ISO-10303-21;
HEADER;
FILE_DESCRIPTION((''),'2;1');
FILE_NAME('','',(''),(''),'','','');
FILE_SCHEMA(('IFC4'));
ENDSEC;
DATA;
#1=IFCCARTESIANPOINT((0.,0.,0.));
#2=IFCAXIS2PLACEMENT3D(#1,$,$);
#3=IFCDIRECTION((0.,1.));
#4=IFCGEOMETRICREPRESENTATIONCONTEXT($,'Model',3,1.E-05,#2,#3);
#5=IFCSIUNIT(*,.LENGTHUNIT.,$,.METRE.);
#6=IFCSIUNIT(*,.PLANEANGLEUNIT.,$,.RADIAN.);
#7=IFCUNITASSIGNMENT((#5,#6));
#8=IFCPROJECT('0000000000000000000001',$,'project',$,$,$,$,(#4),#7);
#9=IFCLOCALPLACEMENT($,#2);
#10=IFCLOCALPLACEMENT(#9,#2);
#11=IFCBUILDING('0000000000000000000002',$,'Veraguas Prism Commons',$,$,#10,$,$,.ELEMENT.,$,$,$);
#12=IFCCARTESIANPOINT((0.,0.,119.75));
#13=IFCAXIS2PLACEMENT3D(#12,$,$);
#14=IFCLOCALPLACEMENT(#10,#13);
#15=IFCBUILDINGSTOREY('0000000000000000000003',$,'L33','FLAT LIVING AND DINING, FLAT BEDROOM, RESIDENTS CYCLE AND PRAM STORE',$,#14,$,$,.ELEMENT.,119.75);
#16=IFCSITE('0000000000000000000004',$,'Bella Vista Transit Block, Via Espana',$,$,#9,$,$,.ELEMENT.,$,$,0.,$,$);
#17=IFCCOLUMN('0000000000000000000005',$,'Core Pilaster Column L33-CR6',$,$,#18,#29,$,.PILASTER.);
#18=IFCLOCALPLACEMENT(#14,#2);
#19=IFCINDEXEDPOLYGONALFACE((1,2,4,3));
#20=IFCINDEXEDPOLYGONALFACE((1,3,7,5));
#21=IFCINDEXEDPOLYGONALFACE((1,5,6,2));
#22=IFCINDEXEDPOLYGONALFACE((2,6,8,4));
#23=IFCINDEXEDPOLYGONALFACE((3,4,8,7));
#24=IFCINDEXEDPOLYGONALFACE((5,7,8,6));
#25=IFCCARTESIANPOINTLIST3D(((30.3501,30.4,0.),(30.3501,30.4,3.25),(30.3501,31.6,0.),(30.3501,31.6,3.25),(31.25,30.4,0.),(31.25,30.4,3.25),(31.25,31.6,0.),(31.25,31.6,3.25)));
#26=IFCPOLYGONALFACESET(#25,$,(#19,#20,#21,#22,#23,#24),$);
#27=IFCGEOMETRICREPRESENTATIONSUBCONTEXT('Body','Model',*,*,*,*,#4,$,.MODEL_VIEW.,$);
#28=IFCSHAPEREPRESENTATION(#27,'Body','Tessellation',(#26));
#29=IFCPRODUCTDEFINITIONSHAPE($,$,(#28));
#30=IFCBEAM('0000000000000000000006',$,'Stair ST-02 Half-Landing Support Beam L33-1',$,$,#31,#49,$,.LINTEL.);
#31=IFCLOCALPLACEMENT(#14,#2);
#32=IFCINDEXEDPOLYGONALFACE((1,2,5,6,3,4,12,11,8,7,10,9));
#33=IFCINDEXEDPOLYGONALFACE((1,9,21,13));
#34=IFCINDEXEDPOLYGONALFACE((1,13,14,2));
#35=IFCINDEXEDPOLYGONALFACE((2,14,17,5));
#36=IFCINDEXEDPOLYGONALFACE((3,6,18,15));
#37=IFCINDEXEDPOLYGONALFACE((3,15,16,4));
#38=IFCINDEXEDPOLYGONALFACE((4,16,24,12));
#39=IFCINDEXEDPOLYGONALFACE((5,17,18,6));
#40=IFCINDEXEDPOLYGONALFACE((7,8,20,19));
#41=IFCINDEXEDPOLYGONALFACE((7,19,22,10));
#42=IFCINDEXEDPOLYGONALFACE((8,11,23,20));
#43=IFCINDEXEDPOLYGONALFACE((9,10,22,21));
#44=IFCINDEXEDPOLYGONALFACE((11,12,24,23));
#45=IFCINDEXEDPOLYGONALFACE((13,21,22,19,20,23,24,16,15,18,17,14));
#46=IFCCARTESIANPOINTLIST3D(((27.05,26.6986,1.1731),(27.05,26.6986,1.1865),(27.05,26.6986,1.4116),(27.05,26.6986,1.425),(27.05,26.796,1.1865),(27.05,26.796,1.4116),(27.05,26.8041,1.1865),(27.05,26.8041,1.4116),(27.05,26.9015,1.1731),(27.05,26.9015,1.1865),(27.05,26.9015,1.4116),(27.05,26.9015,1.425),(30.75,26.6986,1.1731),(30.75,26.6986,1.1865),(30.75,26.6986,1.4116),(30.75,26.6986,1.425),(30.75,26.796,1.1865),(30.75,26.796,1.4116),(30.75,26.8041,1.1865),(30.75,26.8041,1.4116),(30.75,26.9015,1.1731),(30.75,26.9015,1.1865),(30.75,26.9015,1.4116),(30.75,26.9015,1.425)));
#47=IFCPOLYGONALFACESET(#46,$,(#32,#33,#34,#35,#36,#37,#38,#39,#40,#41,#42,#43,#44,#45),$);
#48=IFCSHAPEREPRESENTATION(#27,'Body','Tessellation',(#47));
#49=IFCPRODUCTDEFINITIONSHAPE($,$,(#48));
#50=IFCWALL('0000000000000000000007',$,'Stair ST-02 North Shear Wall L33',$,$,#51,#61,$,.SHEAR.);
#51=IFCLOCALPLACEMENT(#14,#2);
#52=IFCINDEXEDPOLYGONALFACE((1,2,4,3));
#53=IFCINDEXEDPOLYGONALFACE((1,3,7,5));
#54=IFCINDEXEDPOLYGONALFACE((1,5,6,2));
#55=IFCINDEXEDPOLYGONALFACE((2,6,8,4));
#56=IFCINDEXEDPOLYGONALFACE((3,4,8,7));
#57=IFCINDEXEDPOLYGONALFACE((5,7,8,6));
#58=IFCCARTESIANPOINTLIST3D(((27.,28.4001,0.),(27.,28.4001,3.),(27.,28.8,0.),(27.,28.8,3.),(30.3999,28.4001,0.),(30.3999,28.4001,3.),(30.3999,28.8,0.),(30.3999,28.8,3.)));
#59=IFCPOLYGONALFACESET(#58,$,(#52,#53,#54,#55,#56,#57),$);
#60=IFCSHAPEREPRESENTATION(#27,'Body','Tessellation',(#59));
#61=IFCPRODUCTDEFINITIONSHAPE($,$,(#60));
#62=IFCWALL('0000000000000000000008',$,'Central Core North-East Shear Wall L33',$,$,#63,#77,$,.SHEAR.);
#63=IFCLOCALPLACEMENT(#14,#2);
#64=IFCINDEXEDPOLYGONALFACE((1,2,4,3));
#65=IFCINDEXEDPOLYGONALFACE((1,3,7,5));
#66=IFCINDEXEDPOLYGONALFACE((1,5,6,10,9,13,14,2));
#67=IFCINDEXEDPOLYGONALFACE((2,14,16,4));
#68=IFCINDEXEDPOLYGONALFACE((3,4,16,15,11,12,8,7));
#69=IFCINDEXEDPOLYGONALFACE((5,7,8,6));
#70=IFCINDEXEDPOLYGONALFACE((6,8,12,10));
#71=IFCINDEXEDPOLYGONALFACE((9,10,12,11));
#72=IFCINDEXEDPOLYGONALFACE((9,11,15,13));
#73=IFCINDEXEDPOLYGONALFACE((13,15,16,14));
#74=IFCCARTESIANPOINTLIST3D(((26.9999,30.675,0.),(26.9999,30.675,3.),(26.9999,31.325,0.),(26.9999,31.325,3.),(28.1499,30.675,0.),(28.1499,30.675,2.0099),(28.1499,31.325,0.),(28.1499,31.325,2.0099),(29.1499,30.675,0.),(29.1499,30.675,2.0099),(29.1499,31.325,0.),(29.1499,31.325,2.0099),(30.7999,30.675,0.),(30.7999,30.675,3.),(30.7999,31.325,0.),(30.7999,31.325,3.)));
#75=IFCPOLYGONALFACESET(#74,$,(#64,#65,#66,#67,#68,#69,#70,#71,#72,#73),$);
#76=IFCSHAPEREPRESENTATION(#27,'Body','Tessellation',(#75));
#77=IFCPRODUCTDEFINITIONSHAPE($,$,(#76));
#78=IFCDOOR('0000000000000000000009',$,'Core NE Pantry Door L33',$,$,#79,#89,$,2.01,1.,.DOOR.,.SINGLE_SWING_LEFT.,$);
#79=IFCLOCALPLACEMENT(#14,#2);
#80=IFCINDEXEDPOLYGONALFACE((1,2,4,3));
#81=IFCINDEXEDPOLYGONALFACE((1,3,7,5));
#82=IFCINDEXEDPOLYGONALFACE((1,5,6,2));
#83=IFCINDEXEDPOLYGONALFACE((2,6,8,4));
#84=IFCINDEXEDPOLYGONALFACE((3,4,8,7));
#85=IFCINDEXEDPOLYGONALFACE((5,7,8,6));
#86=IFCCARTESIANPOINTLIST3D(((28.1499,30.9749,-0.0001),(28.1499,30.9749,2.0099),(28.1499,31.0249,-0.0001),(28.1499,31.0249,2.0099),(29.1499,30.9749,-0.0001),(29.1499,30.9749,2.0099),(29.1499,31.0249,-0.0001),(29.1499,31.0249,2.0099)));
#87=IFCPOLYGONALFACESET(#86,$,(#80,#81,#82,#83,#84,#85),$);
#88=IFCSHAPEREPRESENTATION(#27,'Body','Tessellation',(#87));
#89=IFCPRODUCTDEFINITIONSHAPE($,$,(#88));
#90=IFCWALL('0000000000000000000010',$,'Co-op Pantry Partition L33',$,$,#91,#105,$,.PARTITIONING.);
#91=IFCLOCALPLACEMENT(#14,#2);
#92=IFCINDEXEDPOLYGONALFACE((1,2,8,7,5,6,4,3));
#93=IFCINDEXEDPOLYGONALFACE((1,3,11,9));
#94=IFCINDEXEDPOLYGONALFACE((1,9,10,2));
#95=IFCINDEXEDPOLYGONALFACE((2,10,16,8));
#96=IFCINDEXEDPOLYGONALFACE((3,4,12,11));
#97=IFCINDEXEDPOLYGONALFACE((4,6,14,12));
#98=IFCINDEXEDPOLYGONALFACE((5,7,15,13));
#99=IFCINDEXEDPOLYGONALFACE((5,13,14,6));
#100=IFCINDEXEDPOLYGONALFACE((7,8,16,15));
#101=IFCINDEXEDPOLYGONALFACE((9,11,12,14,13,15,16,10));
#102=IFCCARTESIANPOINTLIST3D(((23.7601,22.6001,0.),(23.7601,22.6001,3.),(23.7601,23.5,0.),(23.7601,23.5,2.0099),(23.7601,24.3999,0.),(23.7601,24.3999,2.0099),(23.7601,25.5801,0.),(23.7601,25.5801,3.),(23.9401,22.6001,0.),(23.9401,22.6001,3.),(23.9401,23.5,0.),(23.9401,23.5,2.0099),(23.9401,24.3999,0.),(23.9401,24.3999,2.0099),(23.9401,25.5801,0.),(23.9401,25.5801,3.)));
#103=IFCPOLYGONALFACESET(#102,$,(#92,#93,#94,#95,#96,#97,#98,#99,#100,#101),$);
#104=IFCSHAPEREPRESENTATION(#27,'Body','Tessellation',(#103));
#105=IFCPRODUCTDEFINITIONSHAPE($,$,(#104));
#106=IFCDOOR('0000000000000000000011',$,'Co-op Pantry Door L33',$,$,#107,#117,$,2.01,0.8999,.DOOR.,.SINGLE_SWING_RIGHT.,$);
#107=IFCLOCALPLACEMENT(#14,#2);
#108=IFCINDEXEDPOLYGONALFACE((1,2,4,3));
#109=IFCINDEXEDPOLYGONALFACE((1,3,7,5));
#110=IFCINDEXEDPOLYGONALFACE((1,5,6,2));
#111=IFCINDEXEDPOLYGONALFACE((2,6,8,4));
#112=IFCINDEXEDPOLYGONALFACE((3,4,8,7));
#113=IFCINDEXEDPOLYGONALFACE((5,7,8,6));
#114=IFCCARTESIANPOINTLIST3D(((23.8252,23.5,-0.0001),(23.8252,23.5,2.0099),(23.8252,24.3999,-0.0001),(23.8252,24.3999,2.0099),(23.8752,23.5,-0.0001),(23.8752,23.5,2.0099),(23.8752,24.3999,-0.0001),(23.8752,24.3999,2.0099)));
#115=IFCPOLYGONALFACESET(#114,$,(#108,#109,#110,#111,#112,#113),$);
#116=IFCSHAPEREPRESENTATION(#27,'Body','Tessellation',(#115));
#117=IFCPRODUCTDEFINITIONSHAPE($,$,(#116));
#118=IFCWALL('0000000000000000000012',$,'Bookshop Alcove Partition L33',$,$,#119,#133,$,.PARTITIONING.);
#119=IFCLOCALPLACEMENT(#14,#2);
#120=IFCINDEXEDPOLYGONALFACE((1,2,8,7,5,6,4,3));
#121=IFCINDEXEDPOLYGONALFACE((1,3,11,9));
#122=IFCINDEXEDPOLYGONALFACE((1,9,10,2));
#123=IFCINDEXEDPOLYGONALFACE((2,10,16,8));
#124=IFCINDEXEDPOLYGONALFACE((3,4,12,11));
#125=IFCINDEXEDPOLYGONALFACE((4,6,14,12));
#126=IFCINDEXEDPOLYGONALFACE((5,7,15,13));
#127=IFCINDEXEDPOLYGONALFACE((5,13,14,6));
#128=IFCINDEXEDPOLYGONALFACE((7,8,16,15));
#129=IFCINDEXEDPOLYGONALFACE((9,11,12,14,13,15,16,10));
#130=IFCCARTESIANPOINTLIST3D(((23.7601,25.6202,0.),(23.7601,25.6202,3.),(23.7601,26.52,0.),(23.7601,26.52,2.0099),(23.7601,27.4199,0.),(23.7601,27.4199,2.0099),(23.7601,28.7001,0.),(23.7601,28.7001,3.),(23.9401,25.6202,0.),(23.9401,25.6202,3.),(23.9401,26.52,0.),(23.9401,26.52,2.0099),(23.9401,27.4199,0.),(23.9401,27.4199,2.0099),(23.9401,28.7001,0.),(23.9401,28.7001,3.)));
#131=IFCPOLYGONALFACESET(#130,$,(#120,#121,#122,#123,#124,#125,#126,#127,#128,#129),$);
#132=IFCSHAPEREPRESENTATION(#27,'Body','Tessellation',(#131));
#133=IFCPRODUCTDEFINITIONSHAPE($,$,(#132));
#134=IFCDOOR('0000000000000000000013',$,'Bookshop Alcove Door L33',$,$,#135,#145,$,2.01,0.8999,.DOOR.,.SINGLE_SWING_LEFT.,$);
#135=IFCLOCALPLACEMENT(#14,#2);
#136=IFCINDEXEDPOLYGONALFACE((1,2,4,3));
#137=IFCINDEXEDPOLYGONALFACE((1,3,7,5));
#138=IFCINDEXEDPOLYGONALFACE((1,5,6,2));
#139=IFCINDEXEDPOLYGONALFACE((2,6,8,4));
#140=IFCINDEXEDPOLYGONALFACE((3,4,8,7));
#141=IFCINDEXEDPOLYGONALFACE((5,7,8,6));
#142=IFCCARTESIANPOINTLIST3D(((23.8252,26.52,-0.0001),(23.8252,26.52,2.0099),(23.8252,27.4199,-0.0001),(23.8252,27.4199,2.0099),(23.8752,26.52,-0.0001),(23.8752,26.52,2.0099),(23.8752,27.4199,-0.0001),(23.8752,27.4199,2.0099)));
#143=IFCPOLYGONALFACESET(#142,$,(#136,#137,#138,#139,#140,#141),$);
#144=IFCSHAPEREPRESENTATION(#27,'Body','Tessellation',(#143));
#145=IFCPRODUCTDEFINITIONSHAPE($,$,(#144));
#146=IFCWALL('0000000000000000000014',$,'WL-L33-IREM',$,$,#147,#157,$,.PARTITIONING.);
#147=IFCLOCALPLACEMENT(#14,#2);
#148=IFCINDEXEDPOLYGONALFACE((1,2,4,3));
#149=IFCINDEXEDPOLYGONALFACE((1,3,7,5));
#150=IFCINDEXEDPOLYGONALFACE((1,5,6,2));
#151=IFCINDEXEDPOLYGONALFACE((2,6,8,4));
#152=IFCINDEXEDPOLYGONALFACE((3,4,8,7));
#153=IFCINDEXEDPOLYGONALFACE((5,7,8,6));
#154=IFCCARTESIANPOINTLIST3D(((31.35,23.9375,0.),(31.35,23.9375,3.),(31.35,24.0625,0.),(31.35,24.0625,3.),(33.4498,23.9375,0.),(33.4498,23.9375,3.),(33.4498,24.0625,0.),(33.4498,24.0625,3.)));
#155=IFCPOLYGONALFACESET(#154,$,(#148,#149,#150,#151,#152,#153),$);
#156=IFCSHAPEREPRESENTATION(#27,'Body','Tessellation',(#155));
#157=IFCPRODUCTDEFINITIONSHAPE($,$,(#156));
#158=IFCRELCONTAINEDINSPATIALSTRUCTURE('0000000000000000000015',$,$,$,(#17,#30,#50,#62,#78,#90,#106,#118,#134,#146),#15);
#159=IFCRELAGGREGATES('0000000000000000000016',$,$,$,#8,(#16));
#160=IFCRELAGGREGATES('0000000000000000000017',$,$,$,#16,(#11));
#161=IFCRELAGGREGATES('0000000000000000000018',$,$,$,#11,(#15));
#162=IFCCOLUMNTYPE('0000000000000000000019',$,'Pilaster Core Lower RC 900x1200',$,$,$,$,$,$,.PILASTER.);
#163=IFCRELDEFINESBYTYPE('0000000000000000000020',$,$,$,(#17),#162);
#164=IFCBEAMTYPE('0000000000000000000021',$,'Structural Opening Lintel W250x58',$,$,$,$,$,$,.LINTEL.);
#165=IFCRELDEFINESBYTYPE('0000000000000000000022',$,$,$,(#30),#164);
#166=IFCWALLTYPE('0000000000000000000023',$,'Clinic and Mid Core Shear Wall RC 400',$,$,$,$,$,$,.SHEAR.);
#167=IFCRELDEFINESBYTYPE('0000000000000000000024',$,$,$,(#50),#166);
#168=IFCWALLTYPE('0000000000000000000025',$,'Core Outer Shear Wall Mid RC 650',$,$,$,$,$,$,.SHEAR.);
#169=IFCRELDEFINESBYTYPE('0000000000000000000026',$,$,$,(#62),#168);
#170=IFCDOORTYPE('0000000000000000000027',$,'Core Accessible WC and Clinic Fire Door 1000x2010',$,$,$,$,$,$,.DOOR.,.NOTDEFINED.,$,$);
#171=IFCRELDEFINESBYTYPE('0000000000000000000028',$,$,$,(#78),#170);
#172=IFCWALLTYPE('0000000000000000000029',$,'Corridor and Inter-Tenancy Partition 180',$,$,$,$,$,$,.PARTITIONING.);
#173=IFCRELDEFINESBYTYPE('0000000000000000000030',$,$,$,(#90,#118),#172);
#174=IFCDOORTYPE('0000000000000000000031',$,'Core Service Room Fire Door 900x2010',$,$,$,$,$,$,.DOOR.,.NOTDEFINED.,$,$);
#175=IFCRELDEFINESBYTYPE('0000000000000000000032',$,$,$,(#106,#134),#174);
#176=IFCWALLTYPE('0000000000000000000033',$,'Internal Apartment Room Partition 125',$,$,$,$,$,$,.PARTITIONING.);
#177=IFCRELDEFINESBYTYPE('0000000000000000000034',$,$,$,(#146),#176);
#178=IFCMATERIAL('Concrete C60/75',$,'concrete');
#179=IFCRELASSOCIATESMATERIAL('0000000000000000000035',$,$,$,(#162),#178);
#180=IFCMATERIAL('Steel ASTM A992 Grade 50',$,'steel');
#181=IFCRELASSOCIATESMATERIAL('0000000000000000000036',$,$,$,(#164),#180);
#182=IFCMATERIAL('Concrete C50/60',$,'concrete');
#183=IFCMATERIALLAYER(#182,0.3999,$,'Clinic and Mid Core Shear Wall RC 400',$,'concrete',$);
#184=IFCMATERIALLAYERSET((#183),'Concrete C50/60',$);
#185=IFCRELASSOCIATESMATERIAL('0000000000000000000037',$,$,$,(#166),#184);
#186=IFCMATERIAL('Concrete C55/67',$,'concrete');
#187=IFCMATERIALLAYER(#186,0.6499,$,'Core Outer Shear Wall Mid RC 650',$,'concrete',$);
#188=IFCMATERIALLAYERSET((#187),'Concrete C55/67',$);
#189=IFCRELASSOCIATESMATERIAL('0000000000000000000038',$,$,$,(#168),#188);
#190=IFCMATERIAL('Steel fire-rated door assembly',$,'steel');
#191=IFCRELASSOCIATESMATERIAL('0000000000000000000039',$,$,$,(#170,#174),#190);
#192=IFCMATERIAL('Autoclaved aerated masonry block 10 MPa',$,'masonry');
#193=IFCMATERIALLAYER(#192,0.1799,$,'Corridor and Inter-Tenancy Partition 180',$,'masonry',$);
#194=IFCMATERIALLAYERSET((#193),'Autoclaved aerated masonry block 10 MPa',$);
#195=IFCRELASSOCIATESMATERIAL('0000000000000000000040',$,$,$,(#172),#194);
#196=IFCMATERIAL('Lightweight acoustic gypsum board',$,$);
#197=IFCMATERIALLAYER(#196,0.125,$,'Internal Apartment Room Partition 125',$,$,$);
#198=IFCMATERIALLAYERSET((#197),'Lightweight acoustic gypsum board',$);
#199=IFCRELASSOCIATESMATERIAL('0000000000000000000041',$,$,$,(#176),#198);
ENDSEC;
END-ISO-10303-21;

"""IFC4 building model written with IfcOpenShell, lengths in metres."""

from ifc_helpers import new_model, si_unit, direction, frame, frame_2d, origin, origin_2d, place, context, subcontext, project, spatial, rectangle, i_section, extrude, source, transform, mapped, material, layer, layer_set, material_profile, profile_set, type_object, element, fill, save


model = new_model("IFC4")

# Units and contexts
model_context = context("Model", 3, precision=1e-05, world=origin(), true_north=direction((0.0, 1.0)))
body_context = subcontext(model_context, "Body", "Model", "MODEL_VIEW")
ifc_project = project(units=[si_unit("LENGTHUNIT", "METRE"), si_unit("PLANEANGLEUNIT", "RADIAN")], contexts=[model_context])

# Site, building, storey
site_placement = place(None, origin())
site = spatial("IfcSite", under=ifc_project, at=site_placement, Name="Bella Vista Transit Block, Via Espana", CompositionType="ELEMENT", RefElevation=0.0)
building_placement = place(site_placement, origin())
building = spatial("IfcBuilding", under=site, at=building_placement, Name="Veraguas Prism Commons", CompositionType="ELEMENT")
storey_placement = place(building_placement, frame((0.0, 0.0, 119.75)))
storey = spatial("IfcBuildingStorey", under=building, at=storey_placement, Name="L33", Description="FLAT LIVING AND DINING, FLAT BEDROOM, RESIDENTS CYCLE AND PRAM STORE", CompositionType="ELEMENT", Elevation=119.75)

# Column
ifc_material_1 = material(Name="Concrete C60/75", Category="concrete")
ifc_material_profile_1 = material_profile(ifc_material_1, rectangle(XDim=0.8999, YDim=1.2, at=origin_2d()), Name="RC900X1200")
ifc_profile_set_1 = profile_set([ifc_material_profile_1], Name="Concrete C60/75")
column_type = type_object("IfcColumnType", Name="Pilaster Core Lower RC 900x1200", PredefinedType="PILASTER", material=ifc_profile_set_1)
column_placement = place(storey_placement, frame((30.8, 31.0, 0.0), z_axis=(0.0, 0.0, 1.0), x_axis=(1.0, 0.0, 0.0)))
element("IfcColumn", 1, at=column_placement, inside=storey, type_object=column_type, Name="Core Pilaster Column L33-CR6", PredefinedType="PILASTER", context=body_context, shape_type="SweptSolid", body=[
    extrude(rectangle(XDim=0.8999, YDim=1.2, at=origin_2d()), origin(), (0.0, 0.0, 1.0), 3.25),
])

# Beam
ifc_material_2 = material(Name="Steel ASTM A992 Grade 50", Category="steel")
ifc_material_profile_2 = material_profile(ifc_material_2, i_section(OverallWidth=0.2029, OverallDepth=0.252, WebThickness=0.0081, FlangeThickness=0.0134, at=origin_2d()), Name="W250X58")
ifc_profile_set_2 = profile_set([ifc_material_profile_2], Name="Steel ASTM A992 Grade 50")
beam_type = type_object("IfcBeamType", Name="Structural Opening Lintel W250x58", PredefinedType="LINTEL", material=ifc_profile_set_2)
beam_placement = place(storey_placement, frame((27.05, 26.8, 1.2991), z_axis=(1.0, 0.0, 0.0), x_axis=(0.0, 1.0, 0.0)))
element("IfcBeam", 2, at=beam_placement, inside=storey, type_object=beam_type, Name="Stair ST-02 Half-Landing Support Beam L33-1", PredefinedType="LINTEL", context=body_context, shape_type="SweptSolid", body=[
    extrude(i_section(OverallWidth=0.2029, OverallDepth=0.252, WebThickness=0.0081, FlangeThickness=0.0134, at=origin_2d()), origin(), (0.0, 0.0, 1.0), 3.7),
])

# Wall
ifc_material_3 = material(Name="Concrete C50/60", Category="concrete")
ifc_layer_1 = layer(ifc_material_3, 0.3999, Name="Clinic and Mid Core Shear Wall RC 400", Category="concrete")
ifc_layer_set_1 = layer_set([ifc_layer_1], Name="Concrete C50/60")
wall_type_1 = type_object("IfcWallType", Name="Clinic and Mid Core Shear Wall RC 400", PredefinedType="SHEAR", material=ifc_layer_set_1)
wall_1_placement = place(storey_placement, frame((27.0, 28.6001, 0.0), z_axis=(0.0, 0.0, 1.0), x_axis=(1.0, 0.0, 0.0)))
element("IfcWall", 3, at=wall_1_placement, inside=storey, type_object=wall_type_1, Name="Stair ST-02 North Shear Wall L33", PredefinedType="SHEAR", context=body_context, shape_type="SweptSolid", body=[
    extrude(rectangle(XDim=3.3999, YDim=0.3999, at=frame_2d((1.7, 0.0))), origin(), (0.0, 0.0, 1.0), 3.0),
])

# Walls, openings, doors
ifc_material_4 = material(Name="Concrete C55/67", Category="concrete")
ifc_layer_2 = layer(ifc_material_4, 0.6499, Name="Core Outer Shear Wall Mid RC 650", Category="concrete")
ifc_layer_set_2 = layer_set([ifc_layer_2], Name="Concrete C55/67")
wall_type_2 = type_object("IfcWallType", Name="Core Outer Shear Wall Mid RC 650", PredefinedType="SHEAR", material=ifc_layer_set_2)
wall_2_placement = place(storey_placement, frame((27.0, 31.0, 0.0), z_axis=(0.0, 0.0, 1.0), x_axis=(1.0, 0.0, 0.0)))
wall_2 = element("IfcWall", 4, at=wall_2_placement, inside=storey, type_object=wall_type_2, Name="Central Core North-East Shear Wall L33", PredefinedType="SHEAR", context=body_context, shape_type="SweptSolid", body=[
    extrude(rectangle(XDim=3.8, YDim=0.6499, at=frame_2d((1.8999, 0.0))), origin(), (0.0, 0.0, 1.0), 3.0),
])
opening_1_placement = place(wall_2_placement, frame((1.1499, 0.0, 0.0)))
opening_1 = element("IfcOpeningElement", 5, at=opening_1_placement, cuts=wall_2, PredefinedType="OPENING", context=body_context, shape_type="SweptSolid", body=[
    extrude(rectangle(XDim=1.0, YDim=2.01, at=frame_2d((0.5, 1.0049))), frame((0.0, 0.335, 0.0), z_axis=(0.0, -1.0, 0.0), x_axis=(1.0, 0.0, 0.0)), (0.0, 0.0, 1.0), 0.6699),
])
ifc_material_5 = material(Name="Steel fire-rated door assembly", Category="steel")
door_type_1 = type_object("IfcDoorType", Name="Core Accessible WC and Clinic Fire Door 1000x2010", OperationType="NOTDEFINED", PredefinedType="DOOR", material=ifc_material_5)
shared_shape_1 = source(origin(), body_context, "Body", "SweptSolid", [
    extrude(rectangle(XDim=1.0, YDim=2.01, at=frame_2d((0.5, 1.0049))), frame((0.0, 0.0249, 0.0), z_axis=(0.0, -1.0, 0.0), x_axis=(1.0, 0.0, 0.0)), (0.0, 0.0, 1.0), 0.05),
])
door_1_placement = place(opening_1_placement, origin())
door_1 = element("IfcDoor", 6, at=door_1_placement, inside=storey, type_object=door_type_1, Name="Core NE Pantry Door L33", OperationType="SINGLE_SWING_LEFT", OverallHeight=2.01, OverallWidth=1.0, PredefinedType="DOOR", context=body_context, shape_type="MappedRepresentation", body=[
    mapped(shared_shape_1, transform((0.0, 0.0, 0.0), scale=1.0)),
])
fill(opening_1, door_1)
ifc_material_6 = material(Name="Autoclaved aerated masonry block 10 MPa", Category="masonry")
ifc_layer_3 = layer(ifc_material_6, 0.1799, Name="Corridor and Inter-Tenancy Partition 180", Category="masonry")
ifc_layer_set_3 = layer_set([ifc_layer_3], Name="Autoclaved aerated masonry block 10 MPa")
wall_type_3 = type_object("IfcWallType", Name="Corridor and Inter-Tenancy Partition 180", PredefinedType="PARTITIONING", material=ifc_layer_set_3)
wall_3_placement = place(storey_placement, frame((23.8501, 22.6001, 0.0), z_axis=(0.0, 0.0, 1.0), x_axis=(0.0, 1.0, 0.0)))
wall_3 = element("IfcWall", 7, at=wall_3_placement, inside=storey, type_object=wall_type_3, Name="Co-op Pantry Partition L33", PredefinedType="PARTITIONING", context=body_context, shape_type="SweptSolid", body=[
    extrude(rectangle(XDim=2.98, YDim=0.1799, at=frame_2d((1.49, 0.0))), origin(), (0.0, 0.0, 1.0), 3.0),
])
opening_2_placement = place(wall_3_placement, frame((0.8999, 0.0, 0.0)))
opening_2 = element("IfcOpeningElement", 8, at=opening_2_placement, cuts=wall_3, PredefinedType="OPENING", context=body_context, shape_type="SweptSolid", body=[
    extrude(rectangle(XDim=0.8999, YDim=2.01, at=frame_2d((0.45, 1.0049))), frame((0.0, 0.0999, 0.0), z_axis=(0.0, -1.0, 0.0), x_axis=(1.0, 0.0, 0.0)), (0.0, 0.0, 1.0), 0.2),
])
door_type_2 = type_object("IfcDoorType", Name="Core Service Room Fire Door 900x2010", OperationType="NOTDEFINED", PredefinedType="DOOR", material=ifc_material_5)
shared_shape_2 = source(origin(), body_context, "Body", "SweptSolid", [
    extrude(rectangle(XDim=0.8999, YDim=2.01, at=frame_2d((0.45, 1.0049))), frame((0.0, 0.0249, 0.0), z_axis=(0.0, -1.0, 0.0), x_axis=(1.0, 0.0, 0.0)), (0.0, 0.0, 1.0), 0.05),
])
door_2_placement = place(opening_2_placement, origin())
door_2 = element("IfcDoor", 9, at=door_2_placement, inside=storey, type_object=door_type_2, Name="Co-op Pantry Door L33", OperationType="SINGLE_SWING_RIGHT", OverallHeight=2.01, OverallWidth=0.8999, PredefinedType="DOOR", context=body_context, shape_type="MappedRepresentation", body=[
    mapped(shared_shape_2, transform((0.0, 0.0, 0.0), scale=1.0)),
])
fill(opening_2, door_2)
wall_4_placement = place(storey_placement, frame((23.8501, 25.6201, 0.0), z_axis=(0.0, 0.0, 1.0), x_axis=(0.0, 1.0, 0.0)))
wall_4 = element("IfcWall", 10, at=wall_4_placement, inside=storey, type_object=wall_type_3, Name="Bookshop Alcove Partition L33", PredefinedType="PARTITIONING", context=body_context, shape_type="SweptSolid", body=[
    extrude(rectangle(XDim=3.0798, YDim=0.1799, at=frame_2d((1.54, 0.0))), origin(), (0.0, 0.0, 1.0), 3.0),
])
opening_3_placement = place(wall_4_placement, frame((0.8999, 0.0, 0.0)))
opening_3 = element("IfcOpeningElement", 11, at=opening_3_placement, cuts=wall_4, PredefinedType="OPENING", context=body_context, shape_type="SweptSolid", body=[
    extrude(rectangle(XDim=0.8999, YDim=2.01, at=frame_2d((0.45, 1.0049))), frame((0.0, 0.0999, 0.0), z_axis=(0.0, -1.0, 0.0), x_axis=(1.0, 0.0, 0.0)), (0.0, 0.0, 1.0), 0.2),
])
door_3_placement = place(opening_3_placement, origin())
door_3 = element("IfcDoor", 12, at=door_3_placement, inside=storey, type_object=door_type_2, Name="Bookshop Alcove Door L33", OperationType="SINGLE_SWING_LEFT", OverallHeight=2.01, OverallWidth=0.8999, PredefinedType="DOOR", context=body_context, shape_type="MappedRepresentation", body=[
    mapped(shared_shape_2, transform((0.0, 0.0, 0.0), scale=1.0)),
])
fill(opening_3, door_3)

# Wall
ifc_material_7 = material(Name="Lightweight acoustic gypsum board")
ifc_layer_4 = layer(ifc_material_7, 0.125, Name="Internal Apartment Room Partition 125")
ifc_layer_set_4 = layer_set([ifc_layer_4], Name="Lightweight acoustic gypsum board")
wall_type_4 = type_object("IfcWallType", Name="Internal Apartment Room Partition 125", PredefinedType="PARTITIONING", material=ifc_layer_set_4)
wall_5_placement = place(storey_placement, frame((31.3501, 24.0, 0.0), z_axis=(0.0, 0.0, 1.0), x_axis=(1.0, 0.0, 0.0)))
element("IfcWall", 13, at=wall_5_placement, inside=storey, type_object=wall_type_4, Name="WL-L33-IREM", PredefinedType="PARTITIONING", context=body_context, shape_type="SweptSolid", body=[
    extrude(rectangle(XDim=2.0999, YDim=0.125, at=frame_2d((1.0498, 0.0))), origin(), (0.0, 0.0, 1.0), 3.0),
])

save(model, "model.ifc")
